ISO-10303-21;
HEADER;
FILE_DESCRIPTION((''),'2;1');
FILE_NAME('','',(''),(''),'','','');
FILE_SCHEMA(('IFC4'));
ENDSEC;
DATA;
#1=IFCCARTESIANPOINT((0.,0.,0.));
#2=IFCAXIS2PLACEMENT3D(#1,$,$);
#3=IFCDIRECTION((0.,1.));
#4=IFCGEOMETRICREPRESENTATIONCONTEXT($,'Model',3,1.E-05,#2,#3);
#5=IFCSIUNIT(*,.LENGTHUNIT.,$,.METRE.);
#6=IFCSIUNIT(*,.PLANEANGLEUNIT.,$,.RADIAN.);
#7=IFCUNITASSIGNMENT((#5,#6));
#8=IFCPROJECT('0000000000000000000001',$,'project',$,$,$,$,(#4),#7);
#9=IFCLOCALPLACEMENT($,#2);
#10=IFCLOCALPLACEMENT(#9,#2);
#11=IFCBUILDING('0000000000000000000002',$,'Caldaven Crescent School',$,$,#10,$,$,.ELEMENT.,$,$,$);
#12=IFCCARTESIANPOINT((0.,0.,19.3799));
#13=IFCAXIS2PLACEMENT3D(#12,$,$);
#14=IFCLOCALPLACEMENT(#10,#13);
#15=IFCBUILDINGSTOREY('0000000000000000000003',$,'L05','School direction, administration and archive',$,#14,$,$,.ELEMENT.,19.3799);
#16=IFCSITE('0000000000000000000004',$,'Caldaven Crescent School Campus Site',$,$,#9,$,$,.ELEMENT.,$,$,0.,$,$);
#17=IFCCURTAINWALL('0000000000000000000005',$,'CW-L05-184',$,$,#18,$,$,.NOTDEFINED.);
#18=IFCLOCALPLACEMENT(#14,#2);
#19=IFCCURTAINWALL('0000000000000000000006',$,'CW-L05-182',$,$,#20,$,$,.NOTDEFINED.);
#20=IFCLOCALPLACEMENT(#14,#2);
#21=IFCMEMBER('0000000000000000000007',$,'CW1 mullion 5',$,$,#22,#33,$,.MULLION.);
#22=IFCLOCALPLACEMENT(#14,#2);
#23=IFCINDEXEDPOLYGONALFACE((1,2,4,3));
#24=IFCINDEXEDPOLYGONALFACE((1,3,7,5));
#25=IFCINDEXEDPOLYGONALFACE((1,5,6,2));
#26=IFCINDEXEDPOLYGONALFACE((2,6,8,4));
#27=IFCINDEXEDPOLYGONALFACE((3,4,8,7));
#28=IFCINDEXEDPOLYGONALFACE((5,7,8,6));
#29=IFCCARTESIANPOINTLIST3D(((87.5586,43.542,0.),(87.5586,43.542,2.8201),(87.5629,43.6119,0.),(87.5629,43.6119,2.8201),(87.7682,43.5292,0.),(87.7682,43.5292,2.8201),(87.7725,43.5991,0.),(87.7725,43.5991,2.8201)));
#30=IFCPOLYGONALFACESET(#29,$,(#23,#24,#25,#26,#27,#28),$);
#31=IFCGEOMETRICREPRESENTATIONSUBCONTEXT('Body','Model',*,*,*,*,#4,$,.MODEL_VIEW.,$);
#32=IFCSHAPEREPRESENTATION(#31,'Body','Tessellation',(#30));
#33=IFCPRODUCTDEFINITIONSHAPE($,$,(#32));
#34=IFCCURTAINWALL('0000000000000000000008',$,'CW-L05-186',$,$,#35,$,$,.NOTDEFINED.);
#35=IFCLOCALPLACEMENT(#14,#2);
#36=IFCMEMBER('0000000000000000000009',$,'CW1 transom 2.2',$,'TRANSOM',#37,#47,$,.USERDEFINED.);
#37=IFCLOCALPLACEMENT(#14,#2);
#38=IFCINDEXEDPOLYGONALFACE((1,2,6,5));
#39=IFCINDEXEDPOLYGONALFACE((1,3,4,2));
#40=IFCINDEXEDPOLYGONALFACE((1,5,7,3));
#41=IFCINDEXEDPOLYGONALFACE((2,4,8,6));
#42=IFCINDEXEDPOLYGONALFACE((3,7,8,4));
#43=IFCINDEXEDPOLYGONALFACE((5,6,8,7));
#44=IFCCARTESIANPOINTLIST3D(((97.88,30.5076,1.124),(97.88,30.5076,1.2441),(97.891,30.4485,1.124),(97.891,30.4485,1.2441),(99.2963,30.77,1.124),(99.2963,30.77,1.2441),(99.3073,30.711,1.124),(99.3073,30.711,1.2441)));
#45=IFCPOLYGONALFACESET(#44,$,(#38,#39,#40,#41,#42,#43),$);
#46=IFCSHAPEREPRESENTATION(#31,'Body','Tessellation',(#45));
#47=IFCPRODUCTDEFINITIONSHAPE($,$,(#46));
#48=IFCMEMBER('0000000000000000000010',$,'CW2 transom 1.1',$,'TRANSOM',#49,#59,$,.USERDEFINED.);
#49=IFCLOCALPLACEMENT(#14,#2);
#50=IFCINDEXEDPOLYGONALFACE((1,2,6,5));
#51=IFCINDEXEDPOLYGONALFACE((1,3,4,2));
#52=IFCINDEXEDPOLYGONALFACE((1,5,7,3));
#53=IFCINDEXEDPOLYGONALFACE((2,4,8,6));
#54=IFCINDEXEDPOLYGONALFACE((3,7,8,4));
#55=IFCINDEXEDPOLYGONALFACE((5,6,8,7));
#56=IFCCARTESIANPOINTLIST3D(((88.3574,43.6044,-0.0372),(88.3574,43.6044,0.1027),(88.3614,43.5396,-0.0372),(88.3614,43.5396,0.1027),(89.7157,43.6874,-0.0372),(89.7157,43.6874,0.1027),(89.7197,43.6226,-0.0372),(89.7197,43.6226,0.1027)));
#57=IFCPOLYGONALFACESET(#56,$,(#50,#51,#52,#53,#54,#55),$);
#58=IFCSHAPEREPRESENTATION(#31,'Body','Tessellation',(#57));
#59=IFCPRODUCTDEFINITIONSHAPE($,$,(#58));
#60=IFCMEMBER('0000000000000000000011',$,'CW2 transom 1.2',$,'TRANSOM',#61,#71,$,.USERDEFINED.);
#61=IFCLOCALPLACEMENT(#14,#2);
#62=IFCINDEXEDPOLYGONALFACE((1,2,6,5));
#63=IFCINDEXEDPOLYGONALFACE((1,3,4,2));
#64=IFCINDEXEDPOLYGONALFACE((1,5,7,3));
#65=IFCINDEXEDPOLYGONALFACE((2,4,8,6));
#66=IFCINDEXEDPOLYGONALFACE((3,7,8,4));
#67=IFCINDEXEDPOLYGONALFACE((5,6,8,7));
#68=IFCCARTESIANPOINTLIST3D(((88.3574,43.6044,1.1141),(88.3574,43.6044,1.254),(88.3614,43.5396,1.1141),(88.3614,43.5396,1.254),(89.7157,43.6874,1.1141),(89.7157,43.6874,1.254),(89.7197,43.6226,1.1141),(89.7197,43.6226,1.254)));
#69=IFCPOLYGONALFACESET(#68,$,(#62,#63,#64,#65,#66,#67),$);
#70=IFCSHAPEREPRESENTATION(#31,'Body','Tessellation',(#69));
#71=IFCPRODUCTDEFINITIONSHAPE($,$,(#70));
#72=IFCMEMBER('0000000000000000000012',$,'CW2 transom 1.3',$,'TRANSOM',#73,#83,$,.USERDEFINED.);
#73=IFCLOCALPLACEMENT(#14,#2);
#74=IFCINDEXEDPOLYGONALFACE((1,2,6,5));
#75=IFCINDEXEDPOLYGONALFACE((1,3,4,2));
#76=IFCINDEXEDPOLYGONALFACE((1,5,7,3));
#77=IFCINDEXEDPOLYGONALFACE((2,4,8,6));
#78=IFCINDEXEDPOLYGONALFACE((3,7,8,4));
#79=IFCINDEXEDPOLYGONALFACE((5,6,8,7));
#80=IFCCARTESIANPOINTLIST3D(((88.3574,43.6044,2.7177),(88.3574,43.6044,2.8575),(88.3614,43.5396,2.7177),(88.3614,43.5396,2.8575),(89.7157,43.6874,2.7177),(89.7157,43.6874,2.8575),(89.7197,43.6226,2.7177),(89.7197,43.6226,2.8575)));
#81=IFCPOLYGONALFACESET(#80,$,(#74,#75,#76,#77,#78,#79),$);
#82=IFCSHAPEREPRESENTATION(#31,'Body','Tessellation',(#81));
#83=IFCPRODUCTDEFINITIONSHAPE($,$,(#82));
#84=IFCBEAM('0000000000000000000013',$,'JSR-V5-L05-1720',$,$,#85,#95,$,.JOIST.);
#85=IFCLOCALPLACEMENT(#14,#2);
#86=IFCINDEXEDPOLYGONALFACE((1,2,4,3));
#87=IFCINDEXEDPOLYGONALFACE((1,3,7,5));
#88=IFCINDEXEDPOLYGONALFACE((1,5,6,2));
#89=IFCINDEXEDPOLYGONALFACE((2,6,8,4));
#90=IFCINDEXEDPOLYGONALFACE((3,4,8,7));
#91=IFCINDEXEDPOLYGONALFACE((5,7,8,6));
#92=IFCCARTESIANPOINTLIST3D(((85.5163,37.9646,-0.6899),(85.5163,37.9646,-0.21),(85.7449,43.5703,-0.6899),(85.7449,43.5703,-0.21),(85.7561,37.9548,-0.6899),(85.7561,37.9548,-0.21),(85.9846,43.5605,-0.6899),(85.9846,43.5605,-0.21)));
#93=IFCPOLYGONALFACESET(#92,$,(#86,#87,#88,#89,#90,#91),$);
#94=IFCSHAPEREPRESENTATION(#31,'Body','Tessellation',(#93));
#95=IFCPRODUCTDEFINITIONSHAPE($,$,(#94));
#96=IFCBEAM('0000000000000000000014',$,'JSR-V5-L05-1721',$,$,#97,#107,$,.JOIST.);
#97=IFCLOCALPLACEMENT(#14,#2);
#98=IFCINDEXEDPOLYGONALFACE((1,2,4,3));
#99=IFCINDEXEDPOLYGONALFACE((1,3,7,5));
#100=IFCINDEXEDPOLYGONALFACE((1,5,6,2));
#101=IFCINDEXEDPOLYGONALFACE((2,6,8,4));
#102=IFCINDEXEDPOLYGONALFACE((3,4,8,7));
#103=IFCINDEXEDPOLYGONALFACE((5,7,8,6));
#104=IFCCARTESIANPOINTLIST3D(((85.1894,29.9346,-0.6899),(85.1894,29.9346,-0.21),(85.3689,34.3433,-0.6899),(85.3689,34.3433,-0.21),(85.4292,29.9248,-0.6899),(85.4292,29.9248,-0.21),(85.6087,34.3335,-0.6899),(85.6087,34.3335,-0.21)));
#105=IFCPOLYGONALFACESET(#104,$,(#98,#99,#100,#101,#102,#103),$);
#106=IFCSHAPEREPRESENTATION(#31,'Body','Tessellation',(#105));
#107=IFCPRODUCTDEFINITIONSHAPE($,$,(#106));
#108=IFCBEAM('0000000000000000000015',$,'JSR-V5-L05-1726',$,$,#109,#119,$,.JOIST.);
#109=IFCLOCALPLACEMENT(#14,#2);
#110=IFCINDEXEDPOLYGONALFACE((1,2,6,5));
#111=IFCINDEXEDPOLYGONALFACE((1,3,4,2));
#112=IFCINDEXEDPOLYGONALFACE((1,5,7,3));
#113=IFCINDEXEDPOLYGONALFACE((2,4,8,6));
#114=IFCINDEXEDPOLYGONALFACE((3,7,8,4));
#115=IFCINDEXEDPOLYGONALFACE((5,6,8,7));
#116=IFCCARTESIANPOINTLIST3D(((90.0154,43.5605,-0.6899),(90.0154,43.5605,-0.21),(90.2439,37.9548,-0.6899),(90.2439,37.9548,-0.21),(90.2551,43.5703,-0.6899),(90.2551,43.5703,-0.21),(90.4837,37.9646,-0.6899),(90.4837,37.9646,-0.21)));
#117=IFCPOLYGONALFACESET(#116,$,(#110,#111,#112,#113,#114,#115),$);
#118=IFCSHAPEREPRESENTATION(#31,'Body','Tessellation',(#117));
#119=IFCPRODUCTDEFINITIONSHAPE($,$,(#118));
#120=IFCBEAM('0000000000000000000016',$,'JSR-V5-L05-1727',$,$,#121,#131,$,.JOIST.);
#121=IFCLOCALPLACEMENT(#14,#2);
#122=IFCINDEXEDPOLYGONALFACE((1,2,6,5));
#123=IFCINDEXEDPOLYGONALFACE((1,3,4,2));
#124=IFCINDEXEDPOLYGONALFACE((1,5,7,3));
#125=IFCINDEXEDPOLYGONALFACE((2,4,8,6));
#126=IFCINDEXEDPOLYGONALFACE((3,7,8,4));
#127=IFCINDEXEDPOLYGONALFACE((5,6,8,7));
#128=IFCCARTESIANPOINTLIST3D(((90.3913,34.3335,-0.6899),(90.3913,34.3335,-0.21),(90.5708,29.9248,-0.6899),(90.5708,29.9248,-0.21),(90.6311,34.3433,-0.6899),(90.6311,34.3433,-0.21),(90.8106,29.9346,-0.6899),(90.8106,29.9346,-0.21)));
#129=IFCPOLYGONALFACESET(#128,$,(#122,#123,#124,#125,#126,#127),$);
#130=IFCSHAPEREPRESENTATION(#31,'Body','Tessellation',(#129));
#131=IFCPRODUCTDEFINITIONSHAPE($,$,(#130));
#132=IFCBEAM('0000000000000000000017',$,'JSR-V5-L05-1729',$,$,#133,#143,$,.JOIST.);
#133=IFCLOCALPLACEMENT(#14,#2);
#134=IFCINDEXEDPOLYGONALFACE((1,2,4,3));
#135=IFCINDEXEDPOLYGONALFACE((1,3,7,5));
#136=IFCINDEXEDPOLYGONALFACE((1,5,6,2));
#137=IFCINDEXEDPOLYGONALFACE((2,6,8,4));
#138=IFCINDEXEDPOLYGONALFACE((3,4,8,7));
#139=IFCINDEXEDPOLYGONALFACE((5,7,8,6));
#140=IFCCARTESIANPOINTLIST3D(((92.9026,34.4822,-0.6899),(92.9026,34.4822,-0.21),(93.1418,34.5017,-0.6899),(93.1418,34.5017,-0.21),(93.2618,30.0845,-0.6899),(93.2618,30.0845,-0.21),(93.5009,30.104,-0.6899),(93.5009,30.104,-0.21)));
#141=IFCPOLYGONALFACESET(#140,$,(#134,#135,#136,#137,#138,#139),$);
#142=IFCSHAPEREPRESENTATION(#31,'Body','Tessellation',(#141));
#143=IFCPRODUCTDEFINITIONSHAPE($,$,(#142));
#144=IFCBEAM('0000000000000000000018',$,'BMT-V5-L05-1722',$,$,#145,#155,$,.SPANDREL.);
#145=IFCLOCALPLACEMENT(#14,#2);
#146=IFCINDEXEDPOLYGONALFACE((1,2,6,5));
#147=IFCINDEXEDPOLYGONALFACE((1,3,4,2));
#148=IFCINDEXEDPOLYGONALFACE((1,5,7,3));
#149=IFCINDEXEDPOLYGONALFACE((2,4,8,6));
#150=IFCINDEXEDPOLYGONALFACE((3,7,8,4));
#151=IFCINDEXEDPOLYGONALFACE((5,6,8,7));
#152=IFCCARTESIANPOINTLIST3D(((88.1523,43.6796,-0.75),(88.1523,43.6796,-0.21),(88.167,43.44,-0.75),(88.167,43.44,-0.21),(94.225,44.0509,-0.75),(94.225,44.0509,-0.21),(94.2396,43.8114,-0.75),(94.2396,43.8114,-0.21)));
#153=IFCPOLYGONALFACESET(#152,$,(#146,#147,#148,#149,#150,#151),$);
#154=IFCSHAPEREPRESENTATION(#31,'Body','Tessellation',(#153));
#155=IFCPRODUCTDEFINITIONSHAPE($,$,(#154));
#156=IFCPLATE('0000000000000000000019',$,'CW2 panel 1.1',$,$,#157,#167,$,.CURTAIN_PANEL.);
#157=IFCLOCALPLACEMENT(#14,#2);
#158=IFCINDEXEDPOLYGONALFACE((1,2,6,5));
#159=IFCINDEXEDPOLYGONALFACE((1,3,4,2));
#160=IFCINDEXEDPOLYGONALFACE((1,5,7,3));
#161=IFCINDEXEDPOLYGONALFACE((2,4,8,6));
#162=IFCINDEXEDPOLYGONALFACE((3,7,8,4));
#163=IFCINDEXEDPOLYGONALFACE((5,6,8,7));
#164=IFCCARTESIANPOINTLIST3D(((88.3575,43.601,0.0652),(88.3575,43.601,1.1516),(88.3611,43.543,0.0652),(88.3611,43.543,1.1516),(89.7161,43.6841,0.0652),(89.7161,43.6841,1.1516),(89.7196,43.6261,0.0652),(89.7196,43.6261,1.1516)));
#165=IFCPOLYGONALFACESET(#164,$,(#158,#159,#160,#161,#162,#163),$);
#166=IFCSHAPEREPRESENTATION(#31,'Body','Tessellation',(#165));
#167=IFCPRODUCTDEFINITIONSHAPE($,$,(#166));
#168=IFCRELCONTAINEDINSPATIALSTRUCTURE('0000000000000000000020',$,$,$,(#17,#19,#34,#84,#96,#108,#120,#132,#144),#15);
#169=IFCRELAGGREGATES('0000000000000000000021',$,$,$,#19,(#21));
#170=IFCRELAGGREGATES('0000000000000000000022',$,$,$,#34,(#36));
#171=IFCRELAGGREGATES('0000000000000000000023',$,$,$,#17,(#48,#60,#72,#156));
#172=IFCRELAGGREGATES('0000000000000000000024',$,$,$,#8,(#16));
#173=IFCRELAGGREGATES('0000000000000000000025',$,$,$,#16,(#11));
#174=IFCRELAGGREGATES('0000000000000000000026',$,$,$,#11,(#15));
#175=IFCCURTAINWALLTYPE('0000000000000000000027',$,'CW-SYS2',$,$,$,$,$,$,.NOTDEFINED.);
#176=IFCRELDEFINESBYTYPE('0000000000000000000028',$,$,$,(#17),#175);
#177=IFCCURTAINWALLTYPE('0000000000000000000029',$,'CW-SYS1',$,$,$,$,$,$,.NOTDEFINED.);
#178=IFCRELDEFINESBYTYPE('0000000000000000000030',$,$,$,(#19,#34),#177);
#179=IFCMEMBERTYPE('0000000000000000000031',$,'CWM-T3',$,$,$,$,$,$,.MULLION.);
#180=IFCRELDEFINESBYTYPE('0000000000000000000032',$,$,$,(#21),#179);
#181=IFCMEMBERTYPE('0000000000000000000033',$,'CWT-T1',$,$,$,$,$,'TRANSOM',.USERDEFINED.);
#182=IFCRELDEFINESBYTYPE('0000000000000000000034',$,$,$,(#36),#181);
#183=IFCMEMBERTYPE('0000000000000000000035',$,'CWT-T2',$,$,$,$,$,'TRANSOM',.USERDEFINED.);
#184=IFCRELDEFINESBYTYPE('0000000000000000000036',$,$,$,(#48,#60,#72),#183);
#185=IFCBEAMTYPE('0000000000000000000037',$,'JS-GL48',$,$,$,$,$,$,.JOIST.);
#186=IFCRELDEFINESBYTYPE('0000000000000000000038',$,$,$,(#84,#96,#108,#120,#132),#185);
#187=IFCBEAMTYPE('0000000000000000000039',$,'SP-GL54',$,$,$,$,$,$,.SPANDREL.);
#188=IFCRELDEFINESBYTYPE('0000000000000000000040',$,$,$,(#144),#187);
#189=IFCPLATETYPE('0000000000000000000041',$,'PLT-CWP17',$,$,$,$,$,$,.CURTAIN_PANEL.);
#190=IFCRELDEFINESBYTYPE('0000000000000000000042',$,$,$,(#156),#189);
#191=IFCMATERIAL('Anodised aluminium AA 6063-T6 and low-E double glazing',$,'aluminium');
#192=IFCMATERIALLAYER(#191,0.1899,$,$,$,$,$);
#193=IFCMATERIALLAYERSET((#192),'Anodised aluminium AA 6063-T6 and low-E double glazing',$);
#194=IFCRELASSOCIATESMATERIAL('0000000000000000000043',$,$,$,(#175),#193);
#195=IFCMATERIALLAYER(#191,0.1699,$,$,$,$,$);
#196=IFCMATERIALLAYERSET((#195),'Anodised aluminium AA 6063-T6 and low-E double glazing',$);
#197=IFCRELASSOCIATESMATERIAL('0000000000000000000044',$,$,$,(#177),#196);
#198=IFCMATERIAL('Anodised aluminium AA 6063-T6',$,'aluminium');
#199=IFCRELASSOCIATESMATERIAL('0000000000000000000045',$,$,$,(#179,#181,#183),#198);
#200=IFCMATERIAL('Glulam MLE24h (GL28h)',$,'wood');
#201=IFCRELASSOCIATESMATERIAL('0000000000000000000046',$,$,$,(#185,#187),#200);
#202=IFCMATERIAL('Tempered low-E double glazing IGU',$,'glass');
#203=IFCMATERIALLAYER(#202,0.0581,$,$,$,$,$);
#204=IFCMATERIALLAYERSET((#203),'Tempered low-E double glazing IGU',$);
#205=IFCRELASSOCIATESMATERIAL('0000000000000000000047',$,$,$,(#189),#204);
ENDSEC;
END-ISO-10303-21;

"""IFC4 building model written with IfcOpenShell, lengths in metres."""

from ifc_helpers import new_model, si_unit, direction, frame, origin, origin_2d, place, context, subcontext, project, spatial, rectangle, extrude, material, layer, layer_set, material_profile, profile_set, type_object, element, aggregate, save


model = new_model("IFC4")

# Units and contexts
model_context = context("Model", 3, precision=1e-05, world=origin(), true_north=direction((0.0, 1.0)))
body_context = subcontext(model_context, "Body", "Model", "MODEL_VIEW")
ifc_project = project(units=[si_unit("LENGTHUNIT", "METRE"), si_unit("PLANEANGLEUNIT", "RADIAN")], contexts=[model_context])

# Site, building, storey
site_placement = place(None, origin())
site = spatial("IfcSite", under=ifc_project, at=site_placement, Name="Caldaven Crescent School Campus Site", CompositionType="ELEMENT", RefElevation=0.0)
building_placement = place(site_placement, origin())
building = spatial("IfcBuilding", under=site, at=building_placement, Name="Caldaven Crescent School", CompositionType="ELEMENT")
storey_placement = place(building_placement, frame((0.0, 0.0, 19.3799)))
storey = spatial("IfcBuildingStorey", under=building, at=storey_placement, Name="L05", Description="School direction, administration and archive", CompositionType="ELEMENT", Elevation=19.3799)

# Shared definitions
ifc_material_1 = material(Name="Glulam MLE24h (GL28h)", Category="wood")

# Curtain walls, members
ifc_material_2 = material(Name="Anodised aluminium AA 6063-T6 and low-E double glazing", Category="aluminium")
ifc_layer_1 = layer(ifc_material_2, 0.1899)
ifc_layer_set_1 = layer_set([ifc_layer_1], Name="Anodised aluminium AA 6063-T6 and low-E double glazing")
curtain_wall_type_1 = type_object("IfcCurtainWallType", Name="CW-SYS2", PredefinedType="NOTDEFINED", material=ifc_layer_set_1)
curtain_wall_1_placement = place(storey_placement, origin())
curtain_wall_1 = element("IfcCurtainWall", 1, at=curtain_wall_1_placement, inside=storey, type_object=curtain_wall_type_1, Name="CW-L05-184", PredefinedType="NOTDEFINED")
ifc_material_3 = material(Name="Anodised aluminium AA 6063-T6", Category="aluminium")
ifc_layer_2 = layer(ifc_material_2, 0.1699)
ifc_layer_set_2 = layer_set([ifc_layer_2], Name="Anodised aluminium AA 6063-T6 and low-E double glazing")
curtain_wall_type_2 = type_object("IfcCurtainWallType", Name="CW-SYS1", PredefinedType="NOTDEFINED", material=ifc_layer_set_2)
curtain_wall_2_placement = place(storey_placement, origin())
curtain_wall_2 = element("IfcCurtainWall", 2, at=curtain_wall_2_placement, inside=storey, type_object=curtain_wall_type_2, Name="CW-L05-182", PredefinedType="NOTDEFINED")
ifc_material_profile_1 = material_profile(ifc_material_3, rectangle(XDim=0.0701, YDim=0.21, at=origin_2d()), Name="CWM 70x210")
ifc_profile_set_1 = profile_set([ifc_material_profile_1], Name="Anodised aluminium AA 6063-T6")
member_type_1 = type_object("IfcMemberType", Name="CWM-T3", PredefinedType="MULLION", material=ifc_profile_set_1)
member_1_placement = place(storey_placement, frame((87.6655, 43.5706, 0.0), z_axis=(0.0, 0.0, 1.0), x_axis=(0.061049, 0.998135, 0.0)))
member_1 = element("IfcMember", 3, at=member_1_placement, type_object=member_type_1, Name="CW1 mullion 5", PredefinedType="MULLION", context=body_context, shape_type="SweptSolid", body=[
    extrude(rectangle(XDim=0.0701, YDim=0.21, at=origin_2d()), origin(), (0.0, 0.0, 1.0), 2.8201),
])
aggregate(curtain_wall_2, [member_1])
curtain_wall_3_placement = place(storey_placement, origin())
curtain_wall_3 = element("IfcCurtainWall", 4, at=curtain_wall_3_placement, inside=storey, type_object=curtain_wall_type_2, Name="CW-L05-186", PredefinedType="NOTDEFINED")
ifc_material_profile_2 = material_profile(ifc_material_3, rectangle(XDim=0.0601, YDim=0.1201, at=origin_2d()), Name="CWT 60x120")
ifc_profile_set_2 = profile_set([ifc_material_profile_2], Name="Anodised aluminium AA 6063-T6")
member_type_2 = type_object("IfcMemberType", Name="CWT-T1", ElementType="TRANSOM", PredefinedType="USERDEFINED", material=ifc_profile_set_2)
member_2_placement = place(storey_placement, frame((97.8855, 30.478, 1.1841), z_axis=(0.98326, 0.182211, 0.0), x_axis=(-0.182211, 0.98326, 0.0)))
member_2 = element("IfcMember", 5, at=member_2_placement, type_object=member_type_2, Name="CW1 transom 2.2", ObjectType="TRANSOM", PredefinedType="USERDEFINED", context=body_context, shape_type="SweptSolid", body=[
    extrude(rectangle(XDim=0.0601, YDim=0.1201, at=origin_2d()), origin(), (0.0, 0.0, 1.0), 1.4404),
])
aggregate(curtain_wall_3, [member_2])

# Members
ifc_material_profile_3 = material_profile(ifc_material_3, rectangle(XDim=0.0649, YDim=0.1399, at=origin_2d()), Name="CWT 65x140")
ifc_profile_set_3 = profile_set([ifc_material_profile_3], Name="Anodised aluminium AA 6063-T6")
member_type_3 = type_object("IfcMemberType", Name="CWT-T2", ElementType="TRANSOM", PredefinedType="USERDEFINED", material=ifc_profile_set_3)
member_3_placement = place(storey_placement, frame((88.3594, 43.572, 0.0327), z_axis=(0.998138, 0.060993, 0.0), x_axis=(-0.060993, 0.998138, 0.0)))
member_3 = element("IfcMember", 6, at=member_3_placement, type_object=member_type_3, Name="CW2 transom 1.1", ObjectType="TRANSOM", PredefinedType="USERDEFINED", context=body_context, shape_type="SweptSolid", body=[
    extrude(rectangle(XDim=0.0649, YDim=0.1399, at=origin_2d()), origin(), (0.0, 0.0, 1.0), 1.3608),
])
member_4_placement = place(storey_placement, frame((88.3594, 43.572, 1.1841), z_axis=(0.998138, 0.060993, 0.0), x_axis=(-0.060993, 0.998138, 0.0)))
member_4 = element("IfcMember", 7, at=member_4_placement, type_object=member_type_3, Name="CW2 transom 1.2", ObjectType="TRANSOM", PredefinedType="USERDEFINED", context=body_context, shape_type="SweptSolid", body=[
    extrude(rectangle(XDim=0.0649, YDim=0.1399, at=origin_2d()), origin(), (0.0, 0.0, 1.0), 1.3608),
])
member_5_placement = place(storey_placement, frame((88.3594, 43.572, 2.7876), z_axis=(0.998138, 0.060993, 0.0), x_axis=(-0.060993, 0.998138, 0.0)))
member_5 = element("IfcMember", 8, at=member_5_placement, type_object=member_type_3, Name="CW2 transom 1.3", ObjectType="TRANSOM", PredefinedType="USERDEFINED", context=body_context, shape_type="SweptSolid", body=[
    extrude(rectangle(XDim=0.0649, YDim=0.1399, at=origin_2d()), origin(), (0.0, 0.0, 1.0), 1.3608),
])

# Beams
ifc_material_profile_4 = material_profile(ifc_material_1, rectangle(XDim=0.24, YDim=0.48, at=origin_2d()), Name="MLE 240x480")
ifc_profile_set_4 = profile_set([ifc_material_profile_4], Name="Glulam MLE24h (GL28h)")
beam_type_1 = type_object("IfcBeamType", Name="JS-GL48", PredefinedType="JOIST", material=ifc_profile_set_4)
beam_1_placement = place(storey_placement, frame((85.8647, 43.5654, -0.45), z_axis=(-0.040731, -0.99917, 0.0), x_axis=(0.99917, -0.040731, 0.0)))
element("IfcBeam", 9, at=beam_1_placement, inside=storey, type_object=beam_type_1, Name="JSR-V5-L05-1720", PredefinedType="JOIST", context=body_context, shape_type="SweptSolid", body=[
    extrude(rectangle(XDim=0.24, YDim=0.48, at=origin_2d()), origin(), (0.0, 0.0, 1.0), 5.6104),
])
beam_2_placement = place(storey_placement, frame((85.4888, 34.3384, -0.45), z_axis=(-0.040669, -0.999173, 0.0), x_axis=(0.999173, -0.040669, 0.0)))
element("IfcBeam", 10, at=beam_2_placement, inside=storey, type_object=beam_type_1, Name="JSR-V5-L05-1721", PredefinedType="JOIST", context=body_context, shape_type="SweptSolid", body=[
    extrude(rectangle(XDim=0.24, YDim=0.48, at=origin_2d()), origin(), (0.0, 0.0, 1.0), 4.4124),
])
beam_3_placement = place(storey_placement, frame((90.1353, 43.5654, -0.45), z_axis=(0.040731, -0.99917, 0.0), x_axis=(0.99917, 0.040731, 0.0)))
element("IfcBeam", 11, at=beam_3_placement, inside=storey, type_object=beam_type_1, Name="JSR-V5-L05-1726", PredefinedType="JOIST", context=body_context, shape_type="SweptSolid", body=[
    extrude(rectangle(XDim=0.24, YDim=0.48, at=origin_2d()), origin(), (0.0, 0.0, 1.0), 5.6104),
])
for number, where, z_axis, x_axis, name in (
    (12, (90.5112, 34.3384, -0.45), (0.040669, -0.999173, 0.0), (0.999173, 0.040669, 0.0), "JSR-V5-L05-1727"),
    (13, (93.0222, 34.4919, -0.45), (0.081392, -0.996682, 0.0), (0.996682, 0.081392, 0.0), "JSR-V5-L05-1729"),
):
    element("IfcBeam", number, at=place(storey_placement, frame(where, z_axis=z_axis, x_axis=x_axis)), inside=storey, type_object=beam_type_1, Name=name, PredefinedType="JOIST", context=body_context, shape_type="SweptSolid", body=[
        extrude(rectangle(XDim=0.24, YDim=0.48, at=origin_2d()), origin(), (0.0, 0.0, 1.0), 4.4124),
    ])
ifc_material_profile_5 = material_profile(ifc_material_1, rectangle(XDim=0.24, YDim=0.54, at=origin_2d()), Name="MLE 240x540")
ifc_profile_set_5 = profile_set([ifc_material_profile_5], Name="Glulam MLE24h (GL28h)")
beam_type_2 = type_object("IfcBeamType", Name="SP-GL54", PredefinedType="SPANDREL", material=ifc_profile_set_5)
beam_4_placement = place(storey_placement, frame((88.1597, 43.5598, -0.48), z_axis=(0.998136, 0.061034, 0.0), x_axis=(-0.061034, 0.998136, 0.0)))
element("IfcBeam", 14, at=beam_4_placement, inside=storey, type_object=beam_type_2, Name="BMT-V5-L05-1722", PredefinedType="SPANDREL", context=body_context, shape_type="SweptSolid", body=[
    extrude(rectangle(XDim=0.24, YDim=0.54, at=origin_2d()), origin(), (0.0, 0.0, 1.0), 6.084),
])

# Plate
ifc_material_4 = material(Name="Tempered low-E double glazing IGU", Category="glass")
ifc_layer_3 = layer(ifc_material_4, 0.0581)
ifc_layer_set_3 = layer_set([ifc_layer_3], Name="Tempered low-E double glazing IGU")
plate_type = type_object("IfcPlateType", Name="PLT-CWP17", PredefinedType="CURTAIN_PANEL", material=ifc_layer_set_3)
plate_placement = place(storey_placement, frame((89.0386, 43.6135, 0.0652), z_axis=(0.0, 0.0, 1.0), x_axis=(0.998135, 0.061049, 0.0)))
plate = element("IfcPlate", 15, at=plate_placement, type_object=plate_type, Name="CW2 panel 1.1", PredefinedType="CURTAIN_PANEL", context=body_context, shape_type="SweptSolid", body=[
    extrude(rectangle(XDim=1.3611, YDim=0.0581, at=origin_2d()), origin(), (0.0, 0.0, 1.0), 1.0864),
])
aggregate(curtain_wall_1, [member_3, member_4, member_5, plate])

save(model, "model.ifc")
